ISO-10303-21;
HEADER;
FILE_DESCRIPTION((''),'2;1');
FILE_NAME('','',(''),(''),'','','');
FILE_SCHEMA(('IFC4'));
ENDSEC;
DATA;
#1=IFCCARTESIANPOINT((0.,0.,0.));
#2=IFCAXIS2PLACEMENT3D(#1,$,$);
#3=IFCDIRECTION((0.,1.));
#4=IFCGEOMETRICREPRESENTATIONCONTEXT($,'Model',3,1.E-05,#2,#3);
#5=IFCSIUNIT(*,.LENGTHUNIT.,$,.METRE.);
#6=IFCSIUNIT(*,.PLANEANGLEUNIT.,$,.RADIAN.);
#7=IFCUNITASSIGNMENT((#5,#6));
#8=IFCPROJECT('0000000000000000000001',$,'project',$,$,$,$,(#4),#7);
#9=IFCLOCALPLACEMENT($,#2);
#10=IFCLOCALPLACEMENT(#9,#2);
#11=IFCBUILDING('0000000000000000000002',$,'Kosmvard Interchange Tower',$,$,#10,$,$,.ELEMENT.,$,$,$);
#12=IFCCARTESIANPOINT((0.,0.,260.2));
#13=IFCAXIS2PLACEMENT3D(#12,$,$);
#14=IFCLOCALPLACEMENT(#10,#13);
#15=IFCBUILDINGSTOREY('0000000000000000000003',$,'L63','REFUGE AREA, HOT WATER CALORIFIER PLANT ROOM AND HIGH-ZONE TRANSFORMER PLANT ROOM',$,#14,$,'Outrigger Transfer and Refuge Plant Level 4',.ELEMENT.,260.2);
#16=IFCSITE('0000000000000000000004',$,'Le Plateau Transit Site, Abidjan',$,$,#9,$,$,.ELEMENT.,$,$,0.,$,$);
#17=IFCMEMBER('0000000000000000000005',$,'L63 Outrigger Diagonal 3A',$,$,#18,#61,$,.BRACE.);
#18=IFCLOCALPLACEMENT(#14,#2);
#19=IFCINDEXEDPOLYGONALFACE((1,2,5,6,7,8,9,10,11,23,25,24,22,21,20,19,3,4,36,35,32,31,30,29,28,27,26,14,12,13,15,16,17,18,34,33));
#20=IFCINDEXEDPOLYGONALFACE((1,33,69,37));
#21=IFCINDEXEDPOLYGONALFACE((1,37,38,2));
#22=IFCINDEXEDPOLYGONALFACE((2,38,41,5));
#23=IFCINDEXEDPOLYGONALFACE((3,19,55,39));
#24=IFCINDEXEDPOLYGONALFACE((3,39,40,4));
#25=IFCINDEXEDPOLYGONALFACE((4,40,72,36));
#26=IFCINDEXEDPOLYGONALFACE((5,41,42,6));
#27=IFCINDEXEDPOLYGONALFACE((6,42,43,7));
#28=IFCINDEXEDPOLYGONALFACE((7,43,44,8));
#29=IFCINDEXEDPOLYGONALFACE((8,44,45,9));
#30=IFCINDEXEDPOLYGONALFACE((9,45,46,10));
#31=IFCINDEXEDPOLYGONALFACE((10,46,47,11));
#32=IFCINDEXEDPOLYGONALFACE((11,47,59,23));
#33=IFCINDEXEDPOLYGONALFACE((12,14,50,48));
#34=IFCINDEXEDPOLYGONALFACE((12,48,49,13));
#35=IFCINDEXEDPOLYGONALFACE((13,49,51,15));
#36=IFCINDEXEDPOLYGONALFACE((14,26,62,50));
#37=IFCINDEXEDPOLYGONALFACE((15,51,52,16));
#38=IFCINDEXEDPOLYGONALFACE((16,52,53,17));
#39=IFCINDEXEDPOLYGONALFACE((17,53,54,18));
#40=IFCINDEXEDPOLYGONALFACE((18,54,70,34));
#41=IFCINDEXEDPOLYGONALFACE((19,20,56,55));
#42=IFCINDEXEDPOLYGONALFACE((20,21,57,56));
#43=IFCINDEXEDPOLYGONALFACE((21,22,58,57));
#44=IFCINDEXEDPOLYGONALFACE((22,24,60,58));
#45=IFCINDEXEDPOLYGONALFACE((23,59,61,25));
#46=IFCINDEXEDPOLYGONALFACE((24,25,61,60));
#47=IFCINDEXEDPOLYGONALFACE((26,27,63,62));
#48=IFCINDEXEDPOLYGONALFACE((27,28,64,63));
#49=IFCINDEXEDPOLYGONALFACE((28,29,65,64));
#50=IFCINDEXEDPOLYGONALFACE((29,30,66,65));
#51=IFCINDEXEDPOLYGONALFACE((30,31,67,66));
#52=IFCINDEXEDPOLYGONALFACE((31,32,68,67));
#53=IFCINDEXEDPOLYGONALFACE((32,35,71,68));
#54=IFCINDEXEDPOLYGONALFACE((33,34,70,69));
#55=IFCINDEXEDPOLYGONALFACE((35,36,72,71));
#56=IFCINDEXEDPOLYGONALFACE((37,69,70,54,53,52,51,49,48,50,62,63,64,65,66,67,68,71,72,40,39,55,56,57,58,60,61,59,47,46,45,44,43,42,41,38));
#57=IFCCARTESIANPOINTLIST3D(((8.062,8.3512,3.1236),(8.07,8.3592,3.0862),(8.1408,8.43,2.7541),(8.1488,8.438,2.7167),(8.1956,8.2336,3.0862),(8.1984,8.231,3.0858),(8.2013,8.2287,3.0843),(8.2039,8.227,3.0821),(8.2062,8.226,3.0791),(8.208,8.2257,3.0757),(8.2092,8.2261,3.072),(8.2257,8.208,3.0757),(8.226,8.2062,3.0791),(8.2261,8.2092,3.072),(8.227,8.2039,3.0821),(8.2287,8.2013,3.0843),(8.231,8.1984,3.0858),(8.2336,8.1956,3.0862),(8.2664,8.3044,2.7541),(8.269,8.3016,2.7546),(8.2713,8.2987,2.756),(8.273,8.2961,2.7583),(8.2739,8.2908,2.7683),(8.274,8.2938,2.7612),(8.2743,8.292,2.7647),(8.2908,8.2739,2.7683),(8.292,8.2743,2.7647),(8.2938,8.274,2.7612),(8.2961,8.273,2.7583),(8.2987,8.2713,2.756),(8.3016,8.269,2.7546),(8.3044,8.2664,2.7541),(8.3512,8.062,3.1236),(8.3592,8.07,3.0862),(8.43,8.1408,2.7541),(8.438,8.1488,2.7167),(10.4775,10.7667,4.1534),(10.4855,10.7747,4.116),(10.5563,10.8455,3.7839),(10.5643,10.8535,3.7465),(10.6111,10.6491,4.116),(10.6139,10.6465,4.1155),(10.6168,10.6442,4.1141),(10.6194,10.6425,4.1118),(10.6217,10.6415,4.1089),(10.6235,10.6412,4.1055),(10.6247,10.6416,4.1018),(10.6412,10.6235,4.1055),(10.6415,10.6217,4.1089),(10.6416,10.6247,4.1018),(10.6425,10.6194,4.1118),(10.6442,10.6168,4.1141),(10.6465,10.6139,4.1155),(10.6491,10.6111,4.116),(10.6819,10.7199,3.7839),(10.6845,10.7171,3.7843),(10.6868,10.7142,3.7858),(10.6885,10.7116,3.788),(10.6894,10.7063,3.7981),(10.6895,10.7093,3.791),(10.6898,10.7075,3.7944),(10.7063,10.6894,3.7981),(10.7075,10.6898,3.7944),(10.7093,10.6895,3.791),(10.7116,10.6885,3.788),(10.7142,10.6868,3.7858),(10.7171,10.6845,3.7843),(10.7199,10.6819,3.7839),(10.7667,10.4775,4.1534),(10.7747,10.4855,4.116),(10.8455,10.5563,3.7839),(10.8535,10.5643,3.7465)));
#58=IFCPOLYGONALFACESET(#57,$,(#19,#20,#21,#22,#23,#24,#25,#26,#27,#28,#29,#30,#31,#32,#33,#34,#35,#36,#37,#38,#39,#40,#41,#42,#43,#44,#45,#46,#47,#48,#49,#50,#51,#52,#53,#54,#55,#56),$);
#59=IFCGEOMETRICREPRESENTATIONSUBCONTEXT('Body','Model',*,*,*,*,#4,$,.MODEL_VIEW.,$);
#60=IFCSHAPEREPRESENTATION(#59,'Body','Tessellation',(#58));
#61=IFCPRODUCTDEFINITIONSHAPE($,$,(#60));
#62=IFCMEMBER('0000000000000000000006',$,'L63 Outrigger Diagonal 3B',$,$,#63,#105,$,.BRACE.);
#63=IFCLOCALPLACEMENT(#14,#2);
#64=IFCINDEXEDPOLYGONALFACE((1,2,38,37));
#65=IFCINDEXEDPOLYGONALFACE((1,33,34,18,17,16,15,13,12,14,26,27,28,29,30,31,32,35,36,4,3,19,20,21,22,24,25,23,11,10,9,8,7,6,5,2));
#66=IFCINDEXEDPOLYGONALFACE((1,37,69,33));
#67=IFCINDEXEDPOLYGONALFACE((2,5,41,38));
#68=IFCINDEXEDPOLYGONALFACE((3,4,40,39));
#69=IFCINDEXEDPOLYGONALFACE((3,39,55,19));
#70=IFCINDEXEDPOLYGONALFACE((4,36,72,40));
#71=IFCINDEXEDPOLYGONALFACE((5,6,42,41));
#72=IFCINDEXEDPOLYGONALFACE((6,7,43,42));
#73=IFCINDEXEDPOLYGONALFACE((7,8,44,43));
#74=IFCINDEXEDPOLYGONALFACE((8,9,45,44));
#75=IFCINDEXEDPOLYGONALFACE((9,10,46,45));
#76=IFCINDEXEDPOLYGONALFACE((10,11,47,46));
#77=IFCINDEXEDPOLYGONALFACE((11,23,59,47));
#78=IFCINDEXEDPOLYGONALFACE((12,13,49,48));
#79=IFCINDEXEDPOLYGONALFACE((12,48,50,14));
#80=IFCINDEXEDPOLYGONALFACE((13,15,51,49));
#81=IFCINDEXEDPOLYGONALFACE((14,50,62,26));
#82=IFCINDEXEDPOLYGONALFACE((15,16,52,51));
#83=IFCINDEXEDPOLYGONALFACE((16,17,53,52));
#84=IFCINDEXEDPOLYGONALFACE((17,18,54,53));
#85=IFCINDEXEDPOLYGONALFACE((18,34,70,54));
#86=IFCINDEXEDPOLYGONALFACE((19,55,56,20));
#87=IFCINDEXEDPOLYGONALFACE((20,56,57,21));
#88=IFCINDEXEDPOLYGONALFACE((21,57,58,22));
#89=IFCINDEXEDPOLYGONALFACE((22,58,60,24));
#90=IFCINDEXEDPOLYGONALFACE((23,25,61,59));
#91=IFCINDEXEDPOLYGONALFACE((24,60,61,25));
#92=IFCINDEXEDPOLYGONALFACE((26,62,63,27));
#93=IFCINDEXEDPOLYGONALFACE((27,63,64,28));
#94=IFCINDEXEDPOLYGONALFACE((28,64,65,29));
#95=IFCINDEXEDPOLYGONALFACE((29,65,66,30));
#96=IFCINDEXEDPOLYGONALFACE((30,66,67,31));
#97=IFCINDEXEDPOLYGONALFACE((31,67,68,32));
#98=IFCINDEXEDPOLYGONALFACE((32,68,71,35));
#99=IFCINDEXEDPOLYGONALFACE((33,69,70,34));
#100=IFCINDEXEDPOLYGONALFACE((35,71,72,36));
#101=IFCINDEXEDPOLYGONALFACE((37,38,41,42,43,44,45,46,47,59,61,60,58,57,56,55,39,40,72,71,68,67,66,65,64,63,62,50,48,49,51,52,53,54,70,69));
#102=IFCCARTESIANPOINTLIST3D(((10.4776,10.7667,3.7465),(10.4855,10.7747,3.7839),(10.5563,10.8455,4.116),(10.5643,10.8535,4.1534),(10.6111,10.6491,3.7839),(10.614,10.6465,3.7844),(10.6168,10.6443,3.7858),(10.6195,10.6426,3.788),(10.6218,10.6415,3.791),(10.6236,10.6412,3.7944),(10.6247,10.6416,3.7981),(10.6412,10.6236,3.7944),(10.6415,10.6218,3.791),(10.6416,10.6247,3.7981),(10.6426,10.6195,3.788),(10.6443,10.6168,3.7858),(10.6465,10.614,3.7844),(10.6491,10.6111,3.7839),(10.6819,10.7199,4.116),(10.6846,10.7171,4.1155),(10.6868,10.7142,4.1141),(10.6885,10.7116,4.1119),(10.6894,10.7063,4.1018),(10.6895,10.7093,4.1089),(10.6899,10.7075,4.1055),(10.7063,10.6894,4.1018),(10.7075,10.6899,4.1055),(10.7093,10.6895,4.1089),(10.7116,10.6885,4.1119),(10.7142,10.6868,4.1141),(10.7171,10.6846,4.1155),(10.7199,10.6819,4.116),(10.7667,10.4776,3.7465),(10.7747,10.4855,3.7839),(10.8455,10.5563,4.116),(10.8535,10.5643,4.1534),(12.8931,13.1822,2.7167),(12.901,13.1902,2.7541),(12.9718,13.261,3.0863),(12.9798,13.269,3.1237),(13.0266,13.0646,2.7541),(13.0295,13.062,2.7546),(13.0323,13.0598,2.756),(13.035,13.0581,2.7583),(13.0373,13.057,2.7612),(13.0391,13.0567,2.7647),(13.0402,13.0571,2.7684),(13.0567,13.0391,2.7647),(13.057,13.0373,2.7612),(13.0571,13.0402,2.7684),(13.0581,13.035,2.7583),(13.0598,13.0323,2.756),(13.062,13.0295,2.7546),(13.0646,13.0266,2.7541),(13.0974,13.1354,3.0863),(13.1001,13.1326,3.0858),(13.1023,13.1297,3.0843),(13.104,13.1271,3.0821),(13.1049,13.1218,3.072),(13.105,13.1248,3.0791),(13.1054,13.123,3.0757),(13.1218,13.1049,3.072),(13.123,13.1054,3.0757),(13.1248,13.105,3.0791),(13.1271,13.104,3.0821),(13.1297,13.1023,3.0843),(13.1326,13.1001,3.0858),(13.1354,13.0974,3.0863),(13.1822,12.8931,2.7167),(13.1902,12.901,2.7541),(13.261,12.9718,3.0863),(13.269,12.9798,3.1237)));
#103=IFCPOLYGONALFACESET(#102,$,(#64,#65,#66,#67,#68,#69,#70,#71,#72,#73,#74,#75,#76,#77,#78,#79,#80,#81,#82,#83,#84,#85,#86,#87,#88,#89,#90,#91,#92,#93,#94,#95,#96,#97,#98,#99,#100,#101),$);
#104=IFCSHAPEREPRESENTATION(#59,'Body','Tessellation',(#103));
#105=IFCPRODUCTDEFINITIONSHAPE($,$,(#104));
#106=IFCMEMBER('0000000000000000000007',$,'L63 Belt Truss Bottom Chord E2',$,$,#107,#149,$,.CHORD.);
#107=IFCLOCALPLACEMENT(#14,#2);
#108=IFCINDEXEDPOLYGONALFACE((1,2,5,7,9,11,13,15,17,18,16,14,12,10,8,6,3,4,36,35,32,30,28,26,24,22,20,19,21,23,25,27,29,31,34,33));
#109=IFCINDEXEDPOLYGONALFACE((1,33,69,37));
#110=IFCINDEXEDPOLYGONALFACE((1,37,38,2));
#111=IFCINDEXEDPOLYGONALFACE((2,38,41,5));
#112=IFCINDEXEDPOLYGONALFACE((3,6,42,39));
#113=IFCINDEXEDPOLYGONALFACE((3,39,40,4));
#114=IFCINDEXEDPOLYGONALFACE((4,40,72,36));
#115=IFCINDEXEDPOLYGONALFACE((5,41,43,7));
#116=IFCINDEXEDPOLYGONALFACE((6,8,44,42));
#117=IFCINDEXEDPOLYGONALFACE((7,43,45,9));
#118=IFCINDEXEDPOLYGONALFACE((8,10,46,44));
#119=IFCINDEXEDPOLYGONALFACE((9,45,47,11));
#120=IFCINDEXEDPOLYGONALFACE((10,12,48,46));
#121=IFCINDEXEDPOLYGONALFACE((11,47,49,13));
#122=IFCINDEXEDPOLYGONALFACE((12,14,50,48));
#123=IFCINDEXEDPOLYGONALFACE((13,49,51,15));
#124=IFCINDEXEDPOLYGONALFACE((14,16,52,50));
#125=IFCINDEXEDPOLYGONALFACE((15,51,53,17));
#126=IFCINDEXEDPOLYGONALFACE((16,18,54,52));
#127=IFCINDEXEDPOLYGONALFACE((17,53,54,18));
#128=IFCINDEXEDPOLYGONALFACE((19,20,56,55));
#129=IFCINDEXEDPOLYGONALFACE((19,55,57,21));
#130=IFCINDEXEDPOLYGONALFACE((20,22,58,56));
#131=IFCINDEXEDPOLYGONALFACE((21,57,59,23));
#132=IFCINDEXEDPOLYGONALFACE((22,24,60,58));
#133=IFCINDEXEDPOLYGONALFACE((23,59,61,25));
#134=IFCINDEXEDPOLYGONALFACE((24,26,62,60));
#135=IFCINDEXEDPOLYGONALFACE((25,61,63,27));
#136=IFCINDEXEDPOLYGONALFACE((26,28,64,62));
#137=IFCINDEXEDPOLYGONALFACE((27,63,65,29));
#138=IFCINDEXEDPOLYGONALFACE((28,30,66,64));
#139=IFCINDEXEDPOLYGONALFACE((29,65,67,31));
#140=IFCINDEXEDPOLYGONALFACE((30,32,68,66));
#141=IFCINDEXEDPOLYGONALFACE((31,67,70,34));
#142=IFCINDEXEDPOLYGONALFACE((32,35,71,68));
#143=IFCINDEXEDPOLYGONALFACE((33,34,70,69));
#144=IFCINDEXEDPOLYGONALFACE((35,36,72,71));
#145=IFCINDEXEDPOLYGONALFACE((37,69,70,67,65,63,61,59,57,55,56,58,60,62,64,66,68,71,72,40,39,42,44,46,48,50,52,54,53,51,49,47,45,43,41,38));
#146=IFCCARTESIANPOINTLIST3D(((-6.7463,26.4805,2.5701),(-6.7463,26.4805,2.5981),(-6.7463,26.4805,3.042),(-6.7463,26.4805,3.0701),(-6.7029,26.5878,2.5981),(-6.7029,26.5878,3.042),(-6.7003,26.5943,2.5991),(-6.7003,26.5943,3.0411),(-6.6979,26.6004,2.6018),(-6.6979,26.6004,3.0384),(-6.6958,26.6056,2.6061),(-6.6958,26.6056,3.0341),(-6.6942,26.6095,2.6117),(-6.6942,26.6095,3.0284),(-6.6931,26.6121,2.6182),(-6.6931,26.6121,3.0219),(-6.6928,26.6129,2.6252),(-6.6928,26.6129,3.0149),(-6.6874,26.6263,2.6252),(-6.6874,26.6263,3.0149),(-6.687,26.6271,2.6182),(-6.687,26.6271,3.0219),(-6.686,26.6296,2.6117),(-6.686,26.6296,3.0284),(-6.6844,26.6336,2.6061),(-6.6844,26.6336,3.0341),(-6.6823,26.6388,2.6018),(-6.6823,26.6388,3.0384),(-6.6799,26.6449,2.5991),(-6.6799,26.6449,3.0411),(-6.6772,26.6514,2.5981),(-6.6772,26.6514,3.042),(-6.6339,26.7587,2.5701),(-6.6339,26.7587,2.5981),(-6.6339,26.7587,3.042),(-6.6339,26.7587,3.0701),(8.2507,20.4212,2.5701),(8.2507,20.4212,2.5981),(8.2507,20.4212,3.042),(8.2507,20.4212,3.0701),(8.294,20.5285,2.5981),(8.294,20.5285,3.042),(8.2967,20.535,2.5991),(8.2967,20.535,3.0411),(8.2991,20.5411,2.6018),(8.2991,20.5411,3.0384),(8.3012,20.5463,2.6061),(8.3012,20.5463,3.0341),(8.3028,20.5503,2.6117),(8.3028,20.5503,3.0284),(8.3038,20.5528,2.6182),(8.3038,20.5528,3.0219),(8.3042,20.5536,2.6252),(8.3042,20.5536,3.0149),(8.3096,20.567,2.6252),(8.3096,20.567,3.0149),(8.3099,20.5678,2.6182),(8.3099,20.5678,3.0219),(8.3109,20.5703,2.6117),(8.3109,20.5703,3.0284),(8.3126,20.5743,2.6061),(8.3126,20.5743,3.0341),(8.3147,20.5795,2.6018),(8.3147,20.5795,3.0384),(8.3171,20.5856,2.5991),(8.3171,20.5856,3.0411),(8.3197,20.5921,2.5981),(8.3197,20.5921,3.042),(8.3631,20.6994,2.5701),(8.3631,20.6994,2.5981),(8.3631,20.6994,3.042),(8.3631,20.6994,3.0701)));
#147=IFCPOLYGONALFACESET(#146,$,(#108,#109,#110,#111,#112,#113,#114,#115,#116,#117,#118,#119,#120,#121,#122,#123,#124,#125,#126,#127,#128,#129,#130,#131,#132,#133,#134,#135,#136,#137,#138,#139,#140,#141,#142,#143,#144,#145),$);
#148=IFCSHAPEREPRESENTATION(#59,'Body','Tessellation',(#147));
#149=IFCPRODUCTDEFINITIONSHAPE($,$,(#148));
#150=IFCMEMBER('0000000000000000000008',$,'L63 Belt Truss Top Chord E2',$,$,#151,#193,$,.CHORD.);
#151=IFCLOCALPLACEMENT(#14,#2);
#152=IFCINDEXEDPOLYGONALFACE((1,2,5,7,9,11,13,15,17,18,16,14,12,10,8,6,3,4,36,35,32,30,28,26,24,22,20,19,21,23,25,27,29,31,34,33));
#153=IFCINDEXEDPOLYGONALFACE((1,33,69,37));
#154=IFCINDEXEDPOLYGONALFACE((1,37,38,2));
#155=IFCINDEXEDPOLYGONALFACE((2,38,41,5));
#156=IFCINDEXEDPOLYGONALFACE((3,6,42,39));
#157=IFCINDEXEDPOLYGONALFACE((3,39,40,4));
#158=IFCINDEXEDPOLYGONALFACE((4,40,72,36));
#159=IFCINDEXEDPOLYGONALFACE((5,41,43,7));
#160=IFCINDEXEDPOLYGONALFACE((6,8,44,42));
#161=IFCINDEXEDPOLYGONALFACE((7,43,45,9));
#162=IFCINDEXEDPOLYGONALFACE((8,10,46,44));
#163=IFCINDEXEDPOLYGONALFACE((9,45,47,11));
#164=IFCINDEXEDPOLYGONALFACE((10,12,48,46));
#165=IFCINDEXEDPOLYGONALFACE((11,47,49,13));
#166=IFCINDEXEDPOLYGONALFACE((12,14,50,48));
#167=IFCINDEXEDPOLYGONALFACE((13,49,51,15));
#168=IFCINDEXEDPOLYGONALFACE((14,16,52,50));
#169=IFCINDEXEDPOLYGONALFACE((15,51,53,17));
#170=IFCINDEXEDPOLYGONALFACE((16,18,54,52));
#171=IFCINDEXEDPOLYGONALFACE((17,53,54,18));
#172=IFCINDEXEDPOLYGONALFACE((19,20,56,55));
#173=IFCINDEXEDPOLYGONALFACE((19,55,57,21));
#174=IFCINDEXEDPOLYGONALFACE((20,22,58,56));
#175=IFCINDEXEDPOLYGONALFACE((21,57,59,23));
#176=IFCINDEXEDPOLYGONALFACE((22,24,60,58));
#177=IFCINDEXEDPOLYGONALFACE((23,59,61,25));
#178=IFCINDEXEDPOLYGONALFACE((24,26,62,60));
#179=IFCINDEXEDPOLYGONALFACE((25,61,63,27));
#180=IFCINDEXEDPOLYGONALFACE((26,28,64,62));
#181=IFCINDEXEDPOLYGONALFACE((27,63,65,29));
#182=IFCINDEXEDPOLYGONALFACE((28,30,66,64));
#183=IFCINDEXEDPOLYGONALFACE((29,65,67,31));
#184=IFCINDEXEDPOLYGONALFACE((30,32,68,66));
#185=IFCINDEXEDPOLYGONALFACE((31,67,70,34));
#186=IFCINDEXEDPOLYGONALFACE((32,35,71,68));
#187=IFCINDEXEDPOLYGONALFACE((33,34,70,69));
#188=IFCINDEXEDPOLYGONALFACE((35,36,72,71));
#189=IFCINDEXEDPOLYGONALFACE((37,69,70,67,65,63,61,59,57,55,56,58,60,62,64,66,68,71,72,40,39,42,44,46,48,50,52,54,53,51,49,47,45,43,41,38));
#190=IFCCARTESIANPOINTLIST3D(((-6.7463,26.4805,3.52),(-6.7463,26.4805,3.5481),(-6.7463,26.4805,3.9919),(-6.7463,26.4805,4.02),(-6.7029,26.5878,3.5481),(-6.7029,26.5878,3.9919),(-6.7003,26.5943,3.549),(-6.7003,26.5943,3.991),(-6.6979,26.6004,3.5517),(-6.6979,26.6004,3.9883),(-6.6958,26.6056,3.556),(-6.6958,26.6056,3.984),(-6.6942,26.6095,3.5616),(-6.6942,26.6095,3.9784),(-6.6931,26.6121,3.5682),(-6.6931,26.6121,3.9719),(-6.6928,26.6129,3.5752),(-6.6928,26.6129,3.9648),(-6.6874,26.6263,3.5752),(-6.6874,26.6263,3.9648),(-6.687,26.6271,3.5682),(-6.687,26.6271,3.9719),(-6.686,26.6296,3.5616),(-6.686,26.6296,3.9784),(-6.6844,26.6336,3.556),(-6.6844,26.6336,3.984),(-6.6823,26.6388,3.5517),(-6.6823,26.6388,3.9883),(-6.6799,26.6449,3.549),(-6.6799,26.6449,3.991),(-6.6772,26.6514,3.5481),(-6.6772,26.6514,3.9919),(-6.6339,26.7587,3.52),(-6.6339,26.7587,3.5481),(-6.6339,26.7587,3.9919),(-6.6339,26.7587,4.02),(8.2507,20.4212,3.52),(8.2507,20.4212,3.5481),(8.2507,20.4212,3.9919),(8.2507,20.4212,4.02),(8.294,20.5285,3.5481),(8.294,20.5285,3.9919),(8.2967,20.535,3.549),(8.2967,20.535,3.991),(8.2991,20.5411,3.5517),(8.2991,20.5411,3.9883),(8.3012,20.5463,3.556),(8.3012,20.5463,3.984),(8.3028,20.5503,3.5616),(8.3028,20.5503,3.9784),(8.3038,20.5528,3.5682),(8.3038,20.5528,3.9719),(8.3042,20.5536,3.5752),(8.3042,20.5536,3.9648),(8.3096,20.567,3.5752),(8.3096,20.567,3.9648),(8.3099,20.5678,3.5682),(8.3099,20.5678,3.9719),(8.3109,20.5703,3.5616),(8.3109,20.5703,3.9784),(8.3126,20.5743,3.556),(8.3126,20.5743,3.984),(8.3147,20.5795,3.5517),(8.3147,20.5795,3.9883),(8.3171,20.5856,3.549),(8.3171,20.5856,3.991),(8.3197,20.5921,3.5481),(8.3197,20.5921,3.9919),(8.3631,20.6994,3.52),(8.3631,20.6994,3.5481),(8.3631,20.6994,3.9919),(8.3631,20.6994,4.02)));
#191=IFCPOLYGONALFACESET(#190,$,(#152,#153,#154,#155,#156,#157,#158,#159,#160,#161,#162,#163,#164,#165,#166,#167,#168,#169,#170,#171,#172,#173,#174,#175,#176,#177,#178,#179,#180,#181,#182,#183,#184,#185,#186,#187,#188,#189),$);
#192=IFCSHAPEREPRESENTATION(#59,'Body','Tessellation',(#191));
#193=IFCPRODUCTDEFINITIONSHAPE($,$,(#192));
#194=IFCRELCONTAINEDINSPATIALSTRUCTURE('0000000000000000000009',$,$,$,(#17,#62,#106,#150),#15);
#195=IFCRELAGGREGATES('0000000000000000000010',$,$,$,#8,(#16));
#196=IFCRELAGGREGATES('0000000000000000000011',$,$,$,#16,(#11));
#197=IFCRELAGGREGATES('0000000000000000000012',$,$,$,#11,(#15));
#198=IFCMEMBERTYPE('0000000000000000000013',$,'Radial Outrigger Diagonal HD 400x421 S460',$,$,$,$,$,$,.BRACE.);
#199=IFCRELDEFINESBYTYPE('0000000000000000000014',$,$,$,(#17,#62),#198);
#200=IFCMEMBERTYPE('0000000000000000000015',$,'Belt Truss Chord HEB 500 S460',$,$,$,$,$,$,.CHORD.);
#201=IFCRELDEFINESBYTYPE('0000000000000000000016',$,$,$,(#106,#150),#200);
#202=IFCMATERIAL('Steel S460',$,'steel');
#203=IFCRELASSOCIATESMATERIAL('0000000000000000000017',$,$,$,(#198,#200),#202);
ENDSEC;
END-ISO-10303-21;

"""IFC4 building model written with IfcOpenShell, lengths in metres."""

from ifc_helpers import new_model, si_unit, direction, frame, origin, origin_2d, place, context, subcontext, project, spatial, i_section, extrude, source, transform, mapped, material, material_profile, profile_set, type_object, element, save


model = new_model("IFC4")

# Units and contexts
model_context = context("Model", 3, precision=1e-05, world=origin(), true_north=direction((0.0, 1.0)))
body_context = subcontext(model_context, "Body", "Model", "MODEL_VIEW")
ifc_project = project(units=[si_unit("LENGTHUNIT", "METRE"), si_unit("PLANEANGLEUNIT", "RADIAN")], contexts=[model_context])

# Site, building, storey
site_placement = place(None, origin())
site = spatial("IfcSite", under=ifc_project, at=site_placement, Name="Le Plateau Transit Site, Abidjan", CompositionType="ELEMENT", RefElevation=0.0)
building_placement = place(site_placement, origin())
building = spatial("IfcBuilding", under=site, at=building_placement, Name="Kosmvard Interchange Tower", CompositionType="ELEMENT")
storey_placement = place(building_placement, frame((0.0, 0.0, 260.2)))
storey = spatial("IfcBuildingStorey", under=building, at=storey_placement, Name="L63", Description="REFUGE AREA, HOT WATER CALORIFIER PLANT ROOM AND HIGH-ZONE TRANSFORMER PLANT ROOM", LongName="Outrigger Transfer and Refuge Plant Level 4", CompositionType="ELEMENT", Elevation=260.2)

# Shared definitions
ifc_material_1 = material(Name="Steel S460", Category="steel")

# Members
ifc_material_profile_1 = material_profile(ifc_material_1, i_section(OverallWidth=0.4089, OverallDepth=0.425, WebThickness=0.0239, FlangeThickness=0.0391, FilletRadius=0.0149, at=origin_2d()), Name="HD 400x421")
ifc_profile_set_1 = profile_set([ifc_material_profile_1], Name="Steel S460")
member_type_1 = type_object("IfcMemberType", Name="Radial Outrigger Diagonal HD 400x421 S460", PredefinedType="BRACE", material=ifc_profile_set_1)
shared_shape_1 = source(origin(), body_context, "Body", "SweptSolid", [
    extrude(i_section(OverallWidth=0.4089, OverallDepth=0.425, WebThickness=0.0239, FlangeThickness=0.0391, FilletRadius=0.0149, at=origin_2d()), origin(), (0.0, 0.0, 1.0), 3.5679),
])
for number, where, z_axis, x_axis, name in (
    (1, (8.25, 8.25, 2.9202), (0.677014, 0.677014, 0.288624), (-0.707107, 0.707107, 0.0), "L63 Outrigger Diagonal 3A"),
    (2, (10.6655, 10.6655, 3.95), (0.677014, 0.677014, -0.288624), (-0.707107, 0.707107, 0.0), "L63 Outrigger Diagonal 3B"),
):
    element("IfcMember", number, at=place(storey_placement, frame(where, z_axis=z_axis, x_axis=x_axis)), inside=storey, type_object=member_type_1, Name=name, PredefinedType="BRACE", context=body_context, shape_type="MappedRepresentation", body=[
        mapped(shared_shape_1, transform((0.0, 0.0, 0.0), scale=1.0)),
    ])
ifc_material_profile_2 = material_profile(ifc_material_1, i_section(OverallWidth=0.3, OverallDepth=0.5, WebThickness=0.0144, FlangeThickness=0.0281, FilletRadius=0.0271, at=origin_2d()), Name="HEB 500")
ifc_profile_set_2 = profile_set([ifc_material_profile_2], Name="Steel S460")
member_type_2 = type_object("IfcMemberType", Name="Belt Truss Chord HEB 500 S460", PredefinedType="CHORD", material=ifc_profile_set_2)
shared_shape_2 = source(origin(), body_context, "Body", "SweptSolid", [
    extrude(i_section(OverallWidth=0.3, OverallDepth=0.5, WebThickness=0.0144, FlangeThickness=0.0281, FilletRadius=0.0271, at=origin_2d()), origin(), (0.0, 0.0, 1.0), 16.1748),
])
for number, where, z_axis, x_axis, name in (
    (3, (8.3069, 20.5603, 2.8201), (-0.927181, 0.374613, 0.0), (-0.374613, -0.927181, 0.0), "L63 Belt Truss Bottom Chord E2"),
    (4, (8.3069, 20.5603, 3.77), (-0.927181, 0.374613, 0.0), (-0.374613, -0.927181, 0.0), "L63 Belt Truss Top Chord E2"),
):
    element("IfcMember", number, at=place(storey_placement, frame(where, z_axis=z_axis, x_axis=x_axis)), inside=storey, type_object=member_type_2, Name=name, PredefinedType="CHORD", context=body_context, shape_type="MappedRepresentation", body=[
        mapped(shared_shape_2, transform((0.0, 0.0, 0.0), scale=1.0)),
    ])

save(model, "model.ifc")
